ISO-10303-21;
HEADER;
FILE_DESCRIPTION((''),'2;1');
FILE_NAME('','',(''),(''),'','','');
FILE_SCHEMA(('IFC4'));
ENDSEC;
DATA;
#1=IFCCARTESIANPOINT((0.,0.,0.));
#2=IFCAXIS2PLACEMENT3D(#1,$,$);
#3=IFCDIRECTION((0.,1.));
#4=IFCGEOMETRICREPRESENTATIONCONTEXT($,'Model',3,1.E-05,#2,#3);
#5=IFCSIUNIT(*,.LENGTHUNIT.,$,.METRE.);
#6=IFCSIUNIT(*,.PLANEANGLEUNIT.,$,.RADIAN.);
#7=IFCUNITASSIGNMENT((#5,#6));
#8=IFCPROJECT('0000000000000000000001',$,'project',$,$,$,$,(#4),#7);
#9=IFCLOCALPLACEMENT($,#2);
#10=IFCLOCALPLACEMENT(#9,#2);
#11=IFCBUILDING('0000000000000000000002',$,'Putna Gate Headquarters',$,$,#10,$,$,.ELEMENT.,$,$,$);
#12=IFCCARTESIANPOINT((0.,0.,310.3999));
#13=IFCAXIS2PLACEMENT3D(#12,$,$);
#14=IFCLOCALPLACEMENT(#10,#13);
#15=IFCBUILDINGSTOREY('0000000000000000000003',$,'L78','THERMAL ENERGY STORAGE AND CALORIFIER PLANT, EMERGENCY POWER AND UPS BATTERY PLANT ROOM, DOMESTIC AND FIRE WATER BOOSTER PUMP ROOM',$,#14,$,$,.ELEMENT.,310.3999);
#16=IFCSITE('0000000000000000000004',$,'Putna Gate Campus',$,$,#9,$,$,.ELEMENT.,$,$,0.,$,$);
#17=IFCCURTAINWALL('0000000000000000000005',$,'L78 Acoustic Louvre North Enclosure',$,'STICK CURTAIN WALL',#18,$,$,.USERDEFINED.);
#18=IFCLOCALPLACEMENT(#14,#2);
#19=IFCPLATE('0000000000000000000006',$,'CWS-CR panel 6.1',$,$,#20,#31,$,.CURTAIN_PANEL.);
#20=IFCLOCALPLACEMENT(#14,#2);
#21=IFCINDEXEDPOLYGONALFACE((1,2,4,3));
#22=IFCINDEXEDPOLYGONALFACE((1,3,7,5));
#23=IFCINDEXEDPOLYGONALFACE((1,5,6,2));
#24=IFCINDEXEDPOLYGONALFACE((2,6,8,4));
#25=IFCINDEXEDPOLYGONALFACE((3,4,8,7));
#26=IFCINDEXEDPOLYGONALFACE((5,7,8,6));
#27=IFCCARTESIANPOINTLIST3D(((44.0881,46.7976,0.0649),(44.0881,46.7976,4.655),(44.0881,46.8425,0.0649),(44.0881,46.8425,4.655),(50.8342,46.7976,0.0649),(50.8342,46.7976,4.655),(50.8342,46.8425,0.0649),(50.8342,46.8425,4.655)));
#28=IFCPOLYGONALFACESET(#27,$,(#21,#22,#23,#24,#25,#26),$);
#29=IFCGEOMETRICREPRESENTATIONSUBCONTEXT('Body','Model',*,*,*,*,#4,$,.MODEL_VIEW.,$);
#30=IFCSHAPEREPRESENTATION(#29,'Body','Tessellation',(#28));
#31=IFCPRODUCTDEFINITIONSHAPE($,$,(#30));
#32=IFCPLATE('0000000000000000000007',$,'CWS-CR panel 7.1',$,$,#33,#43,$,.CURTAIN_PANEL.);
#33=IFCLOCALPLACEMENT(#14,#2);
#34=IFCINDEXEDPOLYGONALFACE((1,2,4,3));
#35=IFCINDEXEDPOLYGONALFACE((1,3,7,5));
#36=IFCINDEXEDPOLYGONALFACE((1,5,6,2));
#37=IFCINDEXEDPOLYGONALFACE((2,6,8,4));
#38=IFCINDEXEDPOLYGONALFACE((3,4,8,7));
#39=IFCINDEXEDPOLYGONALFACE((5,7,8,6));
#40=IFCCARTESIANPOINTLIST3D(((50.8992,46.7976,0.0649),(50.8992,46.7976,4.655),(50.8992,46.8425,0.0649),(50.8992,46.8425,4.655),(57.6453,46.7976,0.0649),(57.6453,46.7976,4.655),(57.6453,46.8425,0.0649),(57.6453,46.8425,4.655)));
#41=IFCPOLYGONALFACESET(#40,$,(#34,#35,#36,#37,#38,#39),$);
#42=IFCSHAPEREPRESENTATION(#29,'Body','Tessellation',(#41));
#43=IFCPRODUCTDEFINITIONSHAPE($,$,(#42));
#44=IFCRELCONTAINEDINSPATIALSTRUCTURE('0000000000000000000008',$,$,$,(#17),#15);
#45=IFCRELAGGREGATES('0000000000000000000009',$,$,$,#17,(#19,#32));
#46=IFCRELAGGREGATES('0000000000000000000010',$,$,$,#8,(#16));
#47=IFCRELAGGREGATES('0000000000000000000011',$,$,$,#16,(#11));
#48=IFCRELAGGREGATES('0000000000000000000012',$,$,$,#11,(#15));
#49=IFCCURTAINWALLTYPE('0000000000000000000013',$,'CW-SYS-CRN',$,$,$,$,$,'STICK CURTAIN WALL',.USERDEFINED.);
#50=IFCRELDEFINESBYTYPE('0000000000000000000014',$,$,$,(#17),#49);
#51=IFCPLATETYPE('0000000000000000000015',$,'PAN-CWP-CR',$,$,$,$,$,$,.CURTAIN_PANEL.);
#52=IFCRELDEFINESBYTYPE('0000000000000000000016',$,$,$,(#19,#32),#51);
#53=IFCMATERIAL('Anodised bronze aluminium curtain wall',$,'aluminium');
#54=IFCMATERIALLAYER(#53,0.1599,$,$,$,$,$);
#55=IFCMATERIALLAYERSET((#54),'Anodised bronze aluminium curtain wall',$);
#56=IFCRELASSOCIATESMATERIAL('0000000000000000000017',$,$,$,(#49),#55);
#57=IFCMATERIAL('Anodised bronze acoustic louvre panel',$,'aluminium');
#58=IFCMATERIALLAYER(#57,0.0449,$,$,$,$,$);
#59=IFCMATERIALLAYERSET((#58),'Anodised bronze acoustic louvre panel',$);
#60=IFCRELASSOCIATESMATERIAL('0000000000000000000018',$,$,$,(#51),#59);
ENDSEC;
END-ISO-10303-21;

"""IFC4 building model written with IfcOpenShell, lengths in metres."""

from ifc_helpers import new_model, si_unit, direction, frame, origin, origin_2d, place, context, subcontext, project, spatial, rectangle, extrude, material, layer, layer_set, type_object, element, aggregate, save


model = new_model("IFC4")

# Units and contexts
model_context = context("Model", 3, precision=1e-05, world=origin(), true_north=direction((0.0, 1.0)))
body_context = subcontext(model_context, "Body", "Model", "MODEL_VIEW")
ifc_project = project(units=[si_unit("LENGTHUNIT", "METRE"), si_unit("PLANEANGLEUNIT", "RADIAN")], contexts=[model_context])

# Site, building, storey
site_placement = place(None, origin())
site = spatial("IfcSite", under=ifc_project, at=site_placement, Name="Putna Gate Campus", CompositionType="ELEMENT", RefElevation=0.0)
building_placement = place(site_placement, origin())
building = spatial("IfcBuilding", under=site, at=building_placement, Name="Putna Gate Headquarters", CompositionType="ELEMENT")
storey_placement = place(building_placement, frame((0.0, 0.0, 310.3999)))
storey = spatial("IfcBuildingStorey", under=building, at=storey_placement, Name="L78", Description="THERMAL ENERGY STORAGE AND CALORIFIER PLANT, EMERGENCY POWER AND UPS BATTERY PLANT ROOM, DOMESTIC AND FIRE WATER BOOSTER PUMP ROOM", CompositionType="ELEMENT", Elevation=310.3999)

# Curtain wall, plates
ifc_material_1 = material(Name="Anodised bronze aluminium curtain wall", Category="aluminium")
ifc_layer_1 = layer(ifc_material_1, 0.1599)
ifc_layer_set_1 = layer_set([ifc_layer_1], Name="Anodised bronze aluminium curtain wall")
curtain_wall_type = type_object("IfcCurtainWallType", Name="CW-SYS-CRN", ElementType="STICK CURTAIN WALL", PredefinedType="USERDEFINED", material=ifc_layer_set_1)
curtain_wall_placement = place(storey_placement, origin())
curtain_wall = element("IfcCurtainWall", 1, at=curtain_wall_placement, inside=storey, type_object=curtain_wall_type, Name="L78 Acoustic Louvre North Enclosure", ObjectType="STICK CURTAIN WALL", PredefinedType="USERDEFINED")
ifc_material_2 = material(Name="Anodised bronze acoustic louvre panel", Category="aluminium")
ifc_layer_2 = layer(ifc_material_2, 0.0449)
ifc_layer_set_2 = layer_set([ifc_layer_2], Name="Anodised bronze acoustic louvre panel")
plate_type = type_object("IfcPlateType", Name="PAN-CWP-CR", PredefinedType="CURTAIN_PANEL", material=ifc_layer_set_2)
plate_1_placement = place(storey_placement, frame((47.4612, 46.8201, 0.0649), z_axis=(0.0, 0.0, 1.0), x_axis=(1.0, 0.0, 0.0)))
plate_1 = element("IfcPlate", 2, at=plate_1_placement, type_object=plate_type, Name="CWS-CR panel 6.1", PredefinedType="CURTAIN_PANEL", context=body_context, shape_type="SweptSolid", body=[
    extrude(rectangle(XDim=6.7461, YDim=0.0449, at=origin_2d()), origin(), (0.0, 0.0, 1.0), 4.5901),
])
plate_2_placement = place(storey_placement, frame((54.2722, 46.8201, 0.0649), z_axis=(0.0, 0.0, 1.0), x_axis=(1.0, 0.0, 0.0)))
plate_2 = element("IfcPlate", 3, at=plate_2_placement, type_object=plate_type, Name="CWS-CR panel 7.1", PredefinedType="CURTAIN_PANEL", context=body_context, shape_type="SweptSolid", body=[
    extrude(rectangle(XDim=6.7461, YDim=0.0449, at=origin_2d()), origin(), (0.0, 0.0, 1.0), 4.5901),
])
aggregate(curtain_wall, [plate_1, plate_2])

save(model, "model.ifc")
